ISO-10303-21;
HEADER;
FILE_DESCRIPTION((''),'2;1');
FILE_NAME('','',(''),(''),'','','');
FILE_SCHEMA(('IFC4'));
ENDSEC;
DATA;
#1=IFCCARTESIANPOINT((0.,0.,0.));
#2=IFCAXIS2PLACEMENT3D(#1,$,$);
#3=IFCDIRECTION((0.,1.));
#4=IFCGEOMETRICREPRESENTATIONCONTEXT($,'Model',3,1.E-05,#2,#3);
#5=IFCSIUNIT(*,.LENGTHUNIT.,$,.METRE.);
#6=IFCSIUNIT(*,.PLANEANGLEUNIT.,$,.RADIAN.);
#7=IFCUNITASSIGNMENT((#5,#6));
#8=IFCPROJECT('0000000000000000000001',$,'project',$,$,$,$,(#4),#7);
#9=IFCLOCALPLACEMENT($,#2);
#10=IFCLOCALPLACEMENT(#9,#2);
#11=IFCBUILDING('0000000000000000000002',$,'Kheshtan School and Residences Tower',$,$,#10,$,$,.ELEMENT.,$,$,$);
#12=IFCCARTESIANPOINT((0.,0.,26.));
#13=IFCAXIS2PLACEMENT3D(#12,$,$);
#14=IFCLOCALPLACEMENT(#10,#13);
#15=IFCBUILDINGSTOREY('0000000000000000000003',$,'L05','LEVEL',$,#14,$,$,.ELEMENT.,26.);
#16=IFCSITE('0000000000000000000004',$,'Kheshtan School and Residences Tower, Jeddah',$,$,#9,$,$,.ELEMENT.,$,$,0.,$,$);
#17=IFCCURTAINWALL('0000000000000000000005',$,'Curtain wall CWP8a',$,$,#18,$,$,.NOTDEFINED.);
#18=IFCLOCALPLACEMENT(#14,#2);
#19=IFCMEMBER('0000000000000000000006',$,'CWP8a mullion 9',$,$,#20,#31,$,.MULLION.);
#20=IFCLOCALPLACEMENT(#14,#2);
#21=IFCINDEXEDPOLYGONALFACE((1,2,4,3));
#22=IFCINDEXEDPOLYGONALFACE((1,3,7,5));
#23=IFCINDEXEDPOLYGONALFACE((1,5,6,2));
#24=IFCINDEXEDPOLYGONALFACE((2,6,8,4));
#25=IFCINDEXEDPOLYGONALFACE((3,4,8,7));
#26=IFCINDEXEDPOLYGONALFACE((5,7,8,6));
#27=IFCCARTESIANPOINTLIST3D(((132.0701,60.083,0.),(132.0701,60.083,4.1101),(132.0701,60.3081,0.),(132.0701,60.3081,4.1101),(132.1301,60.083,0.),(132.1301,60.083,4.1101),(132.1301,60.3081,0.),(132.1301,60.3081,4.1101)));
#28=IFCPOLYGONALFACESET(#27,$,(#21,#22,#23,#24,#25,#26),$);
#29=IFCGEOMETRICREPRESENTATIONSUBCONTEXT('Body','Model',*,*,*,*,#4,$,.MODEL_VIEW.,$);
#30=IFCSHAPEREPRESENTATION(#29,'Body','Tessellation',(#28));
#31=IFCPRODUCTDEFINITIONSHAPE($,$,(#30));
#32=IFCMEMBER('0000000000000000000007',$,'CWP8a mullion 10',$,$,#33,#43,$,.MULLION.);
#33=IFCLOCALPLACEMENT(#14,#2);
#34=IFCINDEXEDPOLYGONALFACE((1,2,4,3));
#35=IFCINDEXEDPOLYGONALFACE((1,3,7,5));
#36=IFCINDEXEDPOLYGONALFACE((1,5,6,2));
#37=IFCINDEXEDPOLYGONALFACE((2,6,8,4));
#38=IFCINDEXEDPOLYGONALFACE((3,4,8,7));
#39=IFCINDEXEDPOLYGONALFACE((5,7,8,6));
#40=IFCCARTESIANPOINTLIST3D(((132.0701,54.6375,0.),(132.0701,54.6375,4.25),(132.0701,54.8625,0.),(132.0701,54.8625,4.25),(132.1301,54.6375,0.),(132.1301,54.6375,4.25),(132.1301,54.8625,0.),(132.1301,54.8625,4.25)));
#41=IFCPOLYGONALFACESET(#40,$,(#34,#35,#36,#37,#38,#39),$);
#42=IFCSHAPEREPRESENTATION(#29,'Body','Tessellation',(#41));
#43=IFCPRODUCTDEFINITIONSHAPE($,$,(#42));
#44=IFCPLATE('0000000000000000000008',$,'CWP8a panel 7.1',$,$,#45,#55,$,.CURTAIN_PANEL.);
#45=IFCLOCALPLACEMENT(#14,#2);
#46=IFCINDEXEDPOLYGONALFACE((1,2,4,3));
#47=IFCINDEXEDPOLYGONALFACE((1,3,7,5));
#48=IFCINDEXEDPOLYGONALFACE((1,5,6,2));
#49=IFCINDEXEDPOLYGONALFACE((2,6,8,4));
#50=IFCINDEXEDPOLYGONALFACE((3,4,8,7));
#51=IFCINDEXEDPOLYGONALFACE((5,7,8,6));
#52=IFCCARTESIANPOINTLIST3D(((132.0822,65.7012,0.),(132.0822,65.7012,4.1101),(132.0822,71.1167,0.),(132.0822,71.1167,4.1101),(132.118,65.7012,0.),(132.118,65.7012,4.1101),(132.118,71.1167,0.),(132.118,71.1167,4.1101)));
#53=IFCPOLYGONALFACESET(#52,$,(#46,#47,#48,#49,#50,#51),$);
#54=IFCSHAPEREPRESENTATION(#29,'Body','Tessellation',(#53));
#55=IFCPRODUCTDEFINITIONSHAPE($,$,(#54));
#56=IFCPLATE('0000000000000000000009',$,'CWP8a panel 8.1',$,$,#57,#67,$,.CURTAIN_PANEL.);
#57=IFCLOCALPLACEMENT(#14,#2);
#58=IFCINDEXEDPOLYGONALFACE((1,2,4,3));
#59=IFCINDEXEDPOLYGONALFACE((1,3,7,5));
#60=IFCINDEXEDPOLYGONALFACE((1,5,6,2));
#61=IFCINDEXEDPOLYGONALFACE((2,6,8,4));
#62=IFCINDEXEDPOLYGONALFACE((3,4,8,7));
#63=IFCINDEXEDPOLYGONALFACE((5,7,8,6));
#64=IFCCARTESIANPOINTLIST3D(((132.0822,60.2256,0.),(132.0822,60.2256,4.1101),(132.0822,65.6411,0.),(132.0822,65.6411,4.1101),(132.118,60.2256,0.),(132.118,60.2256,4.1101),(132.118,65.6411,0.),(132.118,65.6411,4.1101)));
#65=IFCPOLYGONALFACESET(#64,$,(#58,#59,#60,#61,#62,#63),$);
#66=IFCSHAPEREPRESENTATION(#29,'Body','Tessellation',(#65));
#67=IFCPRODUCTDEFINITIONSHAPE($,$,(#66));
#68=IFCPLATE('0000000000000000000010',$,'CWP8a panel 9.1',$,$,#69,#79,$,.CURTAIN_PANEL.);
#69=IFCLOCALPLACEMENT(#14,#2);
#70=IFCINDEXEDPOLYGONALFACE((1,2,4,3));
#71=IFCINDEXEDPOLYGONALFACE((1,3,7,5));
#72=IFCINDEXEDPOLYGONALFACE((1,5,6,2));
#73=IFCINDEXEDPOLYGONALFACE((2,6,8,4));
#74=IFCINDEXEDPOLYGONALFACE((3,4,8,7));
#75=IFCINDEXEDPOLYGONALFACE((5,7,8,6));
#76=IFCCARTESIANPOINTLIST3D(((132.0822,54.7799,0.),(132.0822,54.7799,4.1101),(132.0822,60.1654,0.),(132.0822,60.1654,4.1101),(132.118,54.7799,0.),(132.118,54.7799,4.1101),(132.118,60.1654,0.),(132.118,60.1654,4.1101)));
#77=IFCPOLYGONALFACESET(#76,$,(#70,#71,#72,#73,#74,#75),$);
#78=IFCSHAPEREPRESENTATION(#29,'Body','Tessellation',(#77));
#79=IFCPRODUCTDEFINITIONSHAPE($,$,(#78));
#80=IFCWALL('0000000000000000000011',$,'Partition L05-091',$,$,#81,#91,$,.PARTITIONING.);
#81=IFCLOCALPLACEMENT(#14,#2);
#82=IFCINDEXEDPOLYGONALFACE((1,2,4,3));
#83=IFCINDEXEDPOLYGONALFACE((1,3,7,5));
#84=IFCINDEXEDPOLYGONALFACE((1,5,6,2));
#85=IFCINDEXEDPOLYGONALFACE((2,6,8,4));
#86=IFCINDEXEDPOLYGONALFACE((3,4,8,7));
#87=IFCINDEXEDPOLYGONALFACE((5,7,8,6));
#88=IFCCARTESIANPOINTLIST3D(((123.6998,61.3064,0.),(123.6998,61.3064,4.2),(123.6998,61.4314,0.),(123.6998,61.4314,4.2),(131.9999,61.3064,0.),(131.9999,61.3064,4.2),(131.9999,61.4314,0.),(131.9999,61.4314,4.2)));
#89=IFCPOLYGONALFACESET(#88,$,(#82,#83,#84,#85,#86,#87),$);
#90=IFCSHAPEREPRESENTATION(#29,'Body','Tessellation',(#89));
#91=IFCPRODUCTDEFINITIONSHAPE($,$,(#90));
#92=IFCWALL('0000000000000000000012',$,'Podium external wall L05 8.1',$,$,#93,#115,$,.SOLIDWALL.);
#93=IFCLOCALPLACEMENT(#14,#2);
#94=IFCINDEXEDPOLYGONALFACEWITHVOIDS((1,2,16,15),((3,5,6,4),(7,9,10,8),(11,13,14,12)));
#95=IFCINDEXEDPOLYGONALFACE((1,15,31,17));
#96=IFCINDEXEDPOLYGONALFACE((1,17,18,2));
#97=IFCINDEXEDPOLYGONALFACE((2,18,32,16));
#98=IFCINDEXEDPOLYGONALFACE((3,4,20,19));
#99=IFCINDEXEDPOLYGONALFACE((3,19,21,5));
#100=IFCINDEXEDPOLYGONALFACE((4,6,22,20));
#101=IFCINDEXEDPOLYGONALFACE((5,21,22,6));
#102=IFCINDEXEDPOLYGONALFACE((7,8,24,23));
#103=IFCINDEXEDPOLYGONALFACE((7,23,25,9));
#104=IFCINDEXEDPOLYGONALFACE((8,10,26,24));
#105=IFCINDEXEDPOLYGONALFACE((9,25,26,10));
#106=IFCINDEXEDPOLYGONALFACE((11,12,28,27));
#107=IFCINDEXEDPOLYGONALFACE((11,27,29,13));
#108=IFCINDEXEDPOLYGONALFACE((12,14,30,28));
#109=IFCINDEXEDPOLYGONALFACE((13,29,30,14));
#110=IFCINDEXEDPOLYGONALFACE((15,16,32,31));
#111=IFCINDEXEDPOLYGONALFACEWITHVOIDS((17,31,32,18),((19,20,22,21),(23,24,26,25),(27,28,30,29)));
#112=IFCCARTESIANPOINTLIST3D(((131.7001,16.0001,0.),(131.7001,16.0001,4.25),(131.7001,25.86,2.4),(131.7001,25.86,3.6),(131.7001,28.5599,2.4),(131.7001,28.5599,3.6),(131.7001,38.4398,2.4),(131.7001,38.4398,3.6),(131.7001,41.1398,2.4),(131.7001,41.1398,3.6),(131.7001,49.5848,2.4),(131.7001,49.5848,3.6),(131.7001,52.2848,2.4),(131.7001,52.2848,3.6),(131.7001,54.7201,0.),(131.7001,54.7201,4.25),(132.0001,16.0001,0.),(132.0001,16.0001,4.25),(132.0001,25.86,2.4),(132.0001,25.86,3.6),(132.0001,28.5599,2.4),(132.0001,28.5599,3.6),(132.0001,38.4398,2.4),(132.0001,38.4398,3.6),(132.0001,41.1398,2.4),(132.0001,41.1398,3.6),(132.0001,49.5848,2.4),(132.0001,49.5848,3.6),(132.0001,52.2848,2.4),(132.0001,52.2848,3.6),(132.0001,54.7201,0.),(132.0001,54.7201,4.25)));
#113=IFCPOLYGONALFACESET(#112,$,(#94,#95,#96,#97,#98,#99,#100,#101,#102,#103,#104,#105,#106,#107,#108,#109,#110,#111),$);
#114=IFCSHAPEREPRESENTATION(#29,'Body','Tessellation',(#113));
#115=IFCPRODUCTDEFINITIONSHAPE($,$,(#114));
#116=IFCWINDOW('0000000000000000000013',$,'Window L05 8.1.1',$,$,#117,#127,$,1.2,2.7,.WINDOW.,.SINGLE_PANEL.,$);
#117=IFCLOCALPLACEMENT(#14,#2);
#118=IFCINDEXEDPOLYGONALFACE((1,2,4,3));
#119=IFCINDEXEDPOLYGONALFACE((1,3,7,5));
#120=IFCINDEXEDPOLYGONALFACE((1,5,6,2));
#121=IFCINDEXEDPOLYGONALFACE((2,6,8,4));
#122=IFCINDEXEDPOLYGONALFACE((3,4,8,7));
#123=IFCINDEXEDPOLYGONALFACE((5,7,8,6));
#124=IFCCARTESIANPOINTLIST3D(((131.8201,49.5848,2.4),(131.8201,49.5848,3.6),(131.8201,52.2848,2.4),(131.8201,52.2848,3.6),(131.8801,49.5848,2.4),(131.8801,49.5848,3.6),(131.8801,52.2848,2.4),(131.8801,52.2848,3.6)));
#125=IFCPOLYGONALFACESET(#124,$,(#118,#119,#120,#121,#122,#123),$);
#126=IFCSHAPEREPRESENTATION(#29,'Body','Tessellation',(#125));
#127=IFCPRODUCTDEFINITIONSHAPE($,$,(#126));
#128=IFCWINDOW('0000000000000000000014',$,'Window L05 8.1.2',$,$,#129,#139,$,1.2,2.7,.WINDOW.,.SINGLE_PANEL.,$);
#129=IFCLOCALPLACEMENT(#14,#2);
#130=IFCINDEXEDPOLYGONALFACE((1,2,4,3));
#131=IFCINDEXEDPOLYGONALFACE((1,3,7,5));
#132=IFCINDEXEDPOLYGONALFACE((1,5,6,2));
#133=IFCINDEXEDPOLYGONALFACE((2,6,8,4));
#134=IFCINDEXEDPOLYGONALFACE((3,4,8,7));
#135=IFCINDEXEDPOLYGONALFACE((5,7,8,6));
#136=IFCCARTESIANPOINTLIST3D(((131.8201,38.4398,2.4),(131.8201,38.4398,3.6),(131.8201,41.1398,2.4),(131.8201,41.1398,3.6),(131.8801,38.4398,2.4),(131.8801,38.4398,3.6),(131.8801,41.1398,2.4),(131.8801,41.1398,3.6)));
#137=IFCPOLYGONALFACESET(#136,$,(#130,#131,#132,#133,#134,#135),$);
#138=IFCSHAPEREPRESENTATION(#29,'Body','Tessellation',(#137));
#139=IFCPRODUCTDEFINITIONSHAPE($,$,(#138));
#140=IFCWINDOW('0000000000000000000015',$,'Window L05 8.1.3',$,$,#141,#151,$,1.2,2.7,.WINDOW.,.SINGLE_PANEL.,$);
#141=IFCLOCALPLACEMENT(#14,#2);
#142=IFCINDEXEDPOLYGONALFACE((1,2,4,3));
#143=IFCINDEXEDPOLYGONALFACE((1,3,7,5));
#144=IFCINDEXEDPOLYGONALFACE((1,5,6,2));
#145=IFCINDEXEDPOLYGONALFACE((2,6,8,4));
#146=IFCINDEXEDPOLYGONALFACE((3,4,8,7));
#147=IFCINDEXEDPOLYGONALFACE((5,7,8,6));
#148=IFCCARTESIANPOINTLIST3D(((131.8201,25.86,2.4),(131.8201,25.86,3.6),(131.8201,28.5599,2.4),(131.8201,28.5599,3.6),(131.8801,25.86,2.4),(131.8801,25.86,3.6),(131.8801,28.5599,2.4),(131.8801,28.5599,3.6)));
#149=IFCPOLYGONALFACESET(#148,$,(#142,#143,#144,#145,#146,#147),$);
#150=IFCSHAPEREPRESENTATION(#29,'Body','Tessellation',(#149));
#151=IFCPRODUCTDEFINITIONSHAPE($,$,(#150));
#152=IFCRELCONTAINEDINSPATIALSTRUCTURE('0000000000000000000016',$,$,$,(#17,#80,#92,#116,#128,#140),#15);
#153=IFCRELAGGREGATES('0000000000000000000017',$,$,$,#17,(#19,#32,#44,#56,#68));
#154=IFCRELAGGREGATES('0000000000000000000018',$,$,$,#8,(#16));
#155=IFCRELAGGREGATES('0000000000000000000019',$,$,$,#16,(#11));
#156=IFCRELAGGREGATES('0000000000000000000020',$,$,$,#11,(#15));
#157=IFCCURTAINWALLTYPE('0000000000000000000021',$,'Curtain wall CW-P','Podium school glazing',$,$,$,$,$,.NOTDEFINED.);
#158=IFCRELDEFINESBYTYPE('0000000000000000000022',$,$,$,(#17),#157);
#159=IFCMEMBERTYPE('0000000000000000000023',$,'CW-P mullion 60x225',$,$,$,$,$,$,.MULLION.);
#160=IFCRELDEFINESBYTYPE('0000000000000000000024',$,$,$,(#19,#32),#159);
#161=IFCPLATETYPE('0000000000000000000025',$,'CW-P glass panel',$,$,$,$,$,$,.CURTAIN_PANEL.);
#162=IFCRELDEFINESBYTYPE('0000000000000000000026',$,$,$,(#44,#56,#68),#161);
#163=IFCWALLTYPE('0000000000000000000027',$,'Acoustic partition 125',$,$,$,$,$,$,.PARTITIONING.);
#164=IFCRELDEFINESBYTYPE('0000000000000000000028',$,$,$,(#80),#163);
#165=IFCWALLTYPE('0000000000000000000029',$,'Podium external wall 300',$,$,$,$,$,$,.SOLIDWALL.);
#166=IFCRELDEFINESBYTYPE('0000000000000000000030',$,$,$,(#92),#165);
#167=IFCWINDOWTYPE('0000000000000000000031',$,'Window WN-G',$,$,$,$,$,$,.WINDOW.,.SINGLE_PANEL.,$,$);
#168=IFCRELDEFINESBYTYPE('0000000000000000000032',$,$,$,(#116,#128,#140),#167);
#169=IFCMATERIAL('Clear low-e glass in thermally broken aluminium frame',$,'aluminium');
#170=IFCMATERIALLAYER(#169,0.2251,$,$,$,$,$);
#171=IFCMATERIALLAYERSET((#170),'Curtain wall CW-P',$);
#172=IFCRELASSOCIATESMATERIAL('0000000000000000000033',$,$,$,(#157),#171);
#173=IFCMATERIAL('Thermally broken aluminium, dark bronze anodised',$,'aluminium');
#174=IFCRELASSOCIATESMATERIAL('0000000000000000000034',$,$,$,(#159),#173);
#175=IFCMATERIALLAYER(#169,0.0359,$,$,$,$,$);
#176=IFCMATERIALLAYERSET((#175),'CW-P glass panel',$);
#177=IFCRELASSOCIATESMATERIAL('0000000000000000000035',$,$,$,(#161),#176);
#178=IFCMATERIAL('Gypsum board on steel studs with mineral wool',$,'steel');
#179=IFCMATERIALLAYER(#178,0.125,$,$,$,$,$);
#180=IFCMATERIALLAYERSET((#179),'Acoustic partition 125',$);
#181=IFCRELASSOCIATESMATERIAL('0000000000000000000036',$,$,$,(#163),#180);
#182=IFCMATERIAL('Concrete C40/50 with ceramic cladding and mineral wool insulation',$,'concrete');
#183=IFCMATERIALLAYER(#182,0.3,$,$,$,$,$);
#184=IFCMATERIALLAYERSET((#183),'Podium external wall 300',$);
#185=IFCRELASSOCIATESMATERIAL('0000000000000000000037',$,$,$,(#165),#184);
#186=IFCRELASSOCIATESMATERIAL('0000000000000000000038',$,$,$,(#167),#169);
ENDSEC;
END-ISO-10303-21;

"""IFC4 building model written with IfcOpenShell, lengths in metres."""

from ifc_helpers import new_model, si_unit, direction, frame, frame_2d, origin, origin_2d, place, context, subcontext, project, spatial, rectangle, extrude, source, transform, mapped, material, layer, layer_set, material_profile, profile_set, type_object, element, fill, aggregate, save


model = new_model("IFC4")

# Units and contexts
model_context = context("Model", 3, precision=1e-05, world=origin(), true_north=direction((0.0, 1.0)))
body_context = subcontext(model_context, "Body", "Model", "MODEL_VIEW")
ifc_project = project(units=[si_unit("LENGTHUNIT", "METRE"), si_unit("PLANEANGLEUNIT", "RADIAN")], contexts=[model_context])

# Site, building, storey
site_placement = place(None, origin())
site = spatial("IfcSite", under=ifc_project, at=site_placement, Name="Kheshtan School and Residences Tower, Jeddah", CompositionType="ELEMENT", RefElevation=0.0)
building_placement = place(site_placement, origin())
building = spatial("IfcBuilding", under=site, at=building_placement, Name="Kheshtan School and Residences Tower", CompositionType="ELEMENT")
storey_placement = place(building_placement, frame((0.0, 0.0, 26.0)))
storey = spatial("IfcBuildingStorey", under=building, at=storey_placement, Name="L05", Description="LEVEL", CompositionType="ELEMENT", Elevation=26.0)

# Curtain wall, members, plates
ifc_material_1 = material(Name="Clear low-e glass in thermally broken aluminium frame", Category="aluminium")
ifc_layer_1 = layer(ifc_material_1, 0.2251)
ifc_layer_set_1 = layer_set([ifc_layer_1], Name="Curtain wall CW-P")
curtain_wall_type = type_object("IfcCurtainWallType", Name="Curtain wall CW-P", Description="Podium school glazing", PredefinedType="NOTDEFINED", material=ifc_layer_set_1)
curtain_wall_placement = place(storey_placement, origin())
curtain_wall = element("IfcCurtainWall", 1, at=curtain_wall_placement, inside=storey, type_object=curtain_wall_type, Name="Curtain wall CWP8a", PredefinedType="NOTDEFINED")
ifc_material_2 = material(Name="Thermally broken aluminium, dark bronze anodised", Category="aluminium")
ifc_material_profile_1 = material_profile(ifc_material_2, rectangle(XDim=0.0601, YDim=0.2251, at=origin_2d()), Name="CW-P mullion 60x225")
ifc_profile_set_1 = profile_set([ifc_material_profile_1], Name="Thermally broken aluminium, dark bronze anodised")
member_type = type_object("IfcMemberType", Name="CW-P mullion 60x225", PredefinedType="MULLION", material=ifc_profile_set_1)
member_1_placement = place(storey_placement, frame((132.1001, 60.1956, 0.0), z_axis=(0.0, 0.0, 1.0), x_axis=(1.0, 0.0, 0.0)))
member_1 = element("IfcMember", 2, at=member_1_placement, type_object=member_type, Name="CWP8a mullion 9", PredefinedType="MULLION", context=body_context, shape_type="SweptSolid", body=[
    extrude(rectangle(XDim=0.0601, YDim=0.2251, at=origin_2d()), origin(), (0.0, 0.0, 1.0), 4.1101),
])
member_2_placement = place(storey_placement, frame((132.1001, 54.75, 0.0), z_axis=(0.0, 0.0, 1.0), x_axis=(1.0, 0.0, 0.0)))
member_2 = element("IfcMember", 3, at=member_2_placement, type_object=member_type, Name="CWP8a mullion 10", PredefinedType="MULLION", context=body_context, shape_type="SweptSolid", body=[
    extrude(rectangle(XDim=0.0601, YDim=0.2251, at=origin_2d()), origin(), (0.0, 0.0, 1.0), 4.25),
])
ifc_layer_2 = layer(ifc_material_1, 0.0359)
ifc_layer_set_2 = layer_set([ifc_layer_2], Name="CW-P glass panel")
plate_type = type_object("IfcPlateType", Name="CW-P glass panel", PredefinedType="CURTAIN_PANEL", material=ifc_layer_set_2)
plate_1_placement = place(storey_placement, frame((132.1001, 68.4089, 0.0), z_axis=(0.0, 0.0, 1.0), x_axis=(0.0, -1.0, 0.0)))
plate_1 = element("IfcPlate", 4, at=plate_1_placement, type_object=plate_type, Name="CWP8a panel 7.1", PredefinedType="CURTAIN_PANEL", context=body_context, shape_type="SweptSolid", body=[
    extrude(rectangle(XDim=5.4155, YDim=0.0359, at=origin_2d()), origin(), (0.0, 0.0, 1.0), 4.1101),
])
plate_2_placement = place(storey_placement, frame((132.1001, 62.9333, 0.0), z_axis=(0.0, 0.0, 1.0), x_axis=(0.0, -1.0, 0.0)))
plate_2 = element("IfcPlate", 5, at=plate_2_placement, type_object=plate_type, Name="CWP8a panel 8.1", PredefinedType="CURTAIN_PANEL", context=body_context, shape_type="SweptSolid", body=[
    extrude(rectangle(XDim=5.4155, YDim=0.0359, at=origin_2d()), origin(), (0.0, 0.0, 1.0), 4.1101),
])
plate_3_placement = place(storey_placement, frame((132.1001, 57.4727, 0.0), z_axis=(0.0, 0.0, 1.0), x_axis=(0.0, -1.0, 0.0)))
plate_3 = element("IfcPlate", 6, at=plate_3_placement, type_object=plate_type, Name="CWP8a panel 9.1", PredefinedType="CURTAIN_PANEL", context=body_context, shape_type="SweptSolid", body=[
    extrude(rectangle(XDim=5.3855, YDim=0.0359, at=origin_2d()), origin(), (0.0, 0.0, 1.0), 4.1101),
])
aggregate(curtain_wall, [member_1, member_2, plate_1, plate_2, plate_3])

# Wall
ifc_material_3 = material(Name="Gypsum board on steel studs with mineral wool", Category="steel")
ifc_layer_3 = layer(ifc_material_3, 0.125)
ifc_layer_set_3 = layer_set([ifc_layer_3], Name="Acoustic partition 125")
wall_type_1 = type_object("IfcWallType", Name="Acoustic partition 125", PredefinedType="PARTITIONING", material=ifc_layer_set_3)
wall_1_placement = place(storey_placement, frame((123.7, 61.3689, 0.0), z_axis=(0.0, 0.0, 1.0), x_axis=(1.0, 0.0, 0.0)))
element("IfcWall", 7, at=wall_1_placement, inside=storey, type_object=wall_type_1, Name="Partition L05-091", PredefinedType="PARTITIONING", context=body_context, shape_type="SweptSolid", body=[
    extrude(rectangle(XDim=8.3, YDim=0.125, at=frame_2d((4.1499, 0.0))), origin(), (0.0, 0.0, 1.0), 4.2),
])

# Wall, openings, windows
ifc_material_4 = material(Name="Concrete C40/50 with ceramic cladding and mineral wool insulation", Category="concrete")
ifc_layer_4 = layer(ifc_material_4, 0.3)
ifc_layer_set_4 = layer_set([ifc_layer_4], Name="Podium external wall 300")
wall_type_2 = type_object("IfcWallType", Name="Podium external wall 300", PredefinedType="SOLIDWALL", material=ifc_layer_set_4)
wall_2_placement = place(storey_placement, frame((131.8501, 54.72, 0.0), z_axis=(0.0, 0.0, 1.0), x_axis=(0.0, -1.0, 0.0)))
wall_2 = element("IfcWall", 8, at=wall_2_placement, inside=storey, type_object=wall_type_2, Name="Podium external wall L05 8.1", PredefinedType="SOLIDWALL", context=body_context, shape_type="SweptSolid", body=[
    extrude(rectangle(XDim=38.72, YDim=0.3, at=frame_2d((19.3599, 0.0))), origin(), (0.0, 0.0, 1.0), 4.25),
])
opening_1_placement = place(wall_2_placement, frame((2.4351, 0.0, 2.3999)))
opening_1 = element("IfcOpeningElement", 9, at=opening_1_placement, cuts=wall_2, PredefinedType="OPENING", context=body_context, shape_type="SweptSolid", body=[
    extrude(rectangle(XDim=2.7, YDim=1.2, at=frame_2d((1.3501, 0.6001))), frame((0.0, 0.1602, 0.0), z_axis=(0.0, -1.0, 0.0), x_axis=(1.0, 0.0, 0.0)), (0.0, 0.0, 1.0), 0.3201),
])
opening_2_placement = place(wall_2_placement, frame((13.5801, 0.0, 2.3999)))
opening_2 = element("IfcOpeningElement", 10, at=opening_2_placement, cuts=wall_2, PredefinedType="OPENING", context=body_context, shape_type="SweptSolid", body=[
    extrude(rectangle(XDim=2.7, YDim=1.2, at=frame_2d((1.3501, 0.6001))), frame((0.0, 0.1602, 0.0), z_axis=(0.0, -1.0, 0.0), x_axis=(1.0, 0.0, 0.0)), (0.0, 0.0, 1.0), 0.3201),
])
opening_3_placement = place(wall_2_placement, frame((26.1599, 0.0, 2.3999)))
opening_3 = element("IfcOpeningElement", 11, at=opening_3_placement, cuts=wall_2, PredefinedType="OPENING", context=body_context, shape_type="SweptSolid", body=[
    extrude(rectangle(XDim=2.7, YDim=1.2, at=frame_2d((1.3501, 0.6001))), frame((0.0, 0.1602, 0.0), z_axis=(0.0, -1.0, 0.0), x_axis=(1.0, 0.0, 0.0)), (0.0, 0.0, 1.0), 0.3201),
])
window_type = type_object("IfcWindowType", Name="Window WN-G", PartitioningType="SINGLE_PANEL", PredefinedType="WINDOW", material=ifc_material_1)
shared_shape_1 = source(origin(), body_context, "Body", "SweptSolid", [
    extrude(rectangle(XDim=2.7, YDim=1.2, at=frame_2d((1.3501, 0.6001))), frame((0.0, 0.03, 0.0), z_axis=(0.0, -1.0, 0.0), x_axis=(1.0, 0.0, 0.0)), (0.0, 0.0, 1.0), 0.0601),
])
window_1_placement = place(opening_1_placement, origin())
window_1 = element("IfcWindow", 12, at=window_1_placement, inside=storey, type_object=window_type, Name="Window L05 8.1.1", OverallHeight=1.2, OverallWidth=2.7, PartitioningType="SINGLE_PANEL", PredefinedType="WINDOW", context=body_context, shape_type="MappedRepresentation", body=[
    mapped(shared_shape_1, transform((0.0, 0.0, 0.0), x_axis=(1.0, 0.0, 0.0), y_axis=(0.0, 1.0, 0.0), z_axis=(0.0, 0.0, 1.0), scale=1.0)),
])
fill(opening_1, window_1)
window_2_placement = place(opening_2_placement, origin())
window_2 = element("IfcWindow", 13, at=window_2_placement, inside=storey, type_object=window_type, Name="Window L05 8.1.2", OverallHeight=1.2, OverallWidth=2.7, PartitioningType="SINGLE_PANEL", PredefinedType="WINDOW", context=body_context, shape_type="MappedRepresentation", body=[
    mapped(shared_shape_1, transform((0.0, 0.0, 0.0), x_axis=(1.0, 0.0, 0.0), y_axis=(0.0, 1.0, 0.0), z_axis=(0.0, 0.0, 1.0), scale=1.0)),
])
fill(opening_2, window_2)
window_3_placement = place(opening_3_placement, origin())
window_3 = element("IfcWindow", 14, at=window_3_placement, inside=storey, type_object=window_type, Name="Window L05 8.1.3", OverallHeight=1.2, OverallWidth=2.7, PartitioningType="SINGLE_PANEL", PredefinedType="WINDOW", context=body_context, shape_type="MappedRepresentation", body=[
    mapped(shared_shape_1, transform((0.0, 0.0, 0.0), x_axis=(1.0, 0.0, 0.0), y_axis=(0.0, 1.0, 0.0), z_axis=(0.0, 0.0, 1.0), scale=1.0)),
])
fill(opening_3, window_3)

save(model, "model.ifc")
